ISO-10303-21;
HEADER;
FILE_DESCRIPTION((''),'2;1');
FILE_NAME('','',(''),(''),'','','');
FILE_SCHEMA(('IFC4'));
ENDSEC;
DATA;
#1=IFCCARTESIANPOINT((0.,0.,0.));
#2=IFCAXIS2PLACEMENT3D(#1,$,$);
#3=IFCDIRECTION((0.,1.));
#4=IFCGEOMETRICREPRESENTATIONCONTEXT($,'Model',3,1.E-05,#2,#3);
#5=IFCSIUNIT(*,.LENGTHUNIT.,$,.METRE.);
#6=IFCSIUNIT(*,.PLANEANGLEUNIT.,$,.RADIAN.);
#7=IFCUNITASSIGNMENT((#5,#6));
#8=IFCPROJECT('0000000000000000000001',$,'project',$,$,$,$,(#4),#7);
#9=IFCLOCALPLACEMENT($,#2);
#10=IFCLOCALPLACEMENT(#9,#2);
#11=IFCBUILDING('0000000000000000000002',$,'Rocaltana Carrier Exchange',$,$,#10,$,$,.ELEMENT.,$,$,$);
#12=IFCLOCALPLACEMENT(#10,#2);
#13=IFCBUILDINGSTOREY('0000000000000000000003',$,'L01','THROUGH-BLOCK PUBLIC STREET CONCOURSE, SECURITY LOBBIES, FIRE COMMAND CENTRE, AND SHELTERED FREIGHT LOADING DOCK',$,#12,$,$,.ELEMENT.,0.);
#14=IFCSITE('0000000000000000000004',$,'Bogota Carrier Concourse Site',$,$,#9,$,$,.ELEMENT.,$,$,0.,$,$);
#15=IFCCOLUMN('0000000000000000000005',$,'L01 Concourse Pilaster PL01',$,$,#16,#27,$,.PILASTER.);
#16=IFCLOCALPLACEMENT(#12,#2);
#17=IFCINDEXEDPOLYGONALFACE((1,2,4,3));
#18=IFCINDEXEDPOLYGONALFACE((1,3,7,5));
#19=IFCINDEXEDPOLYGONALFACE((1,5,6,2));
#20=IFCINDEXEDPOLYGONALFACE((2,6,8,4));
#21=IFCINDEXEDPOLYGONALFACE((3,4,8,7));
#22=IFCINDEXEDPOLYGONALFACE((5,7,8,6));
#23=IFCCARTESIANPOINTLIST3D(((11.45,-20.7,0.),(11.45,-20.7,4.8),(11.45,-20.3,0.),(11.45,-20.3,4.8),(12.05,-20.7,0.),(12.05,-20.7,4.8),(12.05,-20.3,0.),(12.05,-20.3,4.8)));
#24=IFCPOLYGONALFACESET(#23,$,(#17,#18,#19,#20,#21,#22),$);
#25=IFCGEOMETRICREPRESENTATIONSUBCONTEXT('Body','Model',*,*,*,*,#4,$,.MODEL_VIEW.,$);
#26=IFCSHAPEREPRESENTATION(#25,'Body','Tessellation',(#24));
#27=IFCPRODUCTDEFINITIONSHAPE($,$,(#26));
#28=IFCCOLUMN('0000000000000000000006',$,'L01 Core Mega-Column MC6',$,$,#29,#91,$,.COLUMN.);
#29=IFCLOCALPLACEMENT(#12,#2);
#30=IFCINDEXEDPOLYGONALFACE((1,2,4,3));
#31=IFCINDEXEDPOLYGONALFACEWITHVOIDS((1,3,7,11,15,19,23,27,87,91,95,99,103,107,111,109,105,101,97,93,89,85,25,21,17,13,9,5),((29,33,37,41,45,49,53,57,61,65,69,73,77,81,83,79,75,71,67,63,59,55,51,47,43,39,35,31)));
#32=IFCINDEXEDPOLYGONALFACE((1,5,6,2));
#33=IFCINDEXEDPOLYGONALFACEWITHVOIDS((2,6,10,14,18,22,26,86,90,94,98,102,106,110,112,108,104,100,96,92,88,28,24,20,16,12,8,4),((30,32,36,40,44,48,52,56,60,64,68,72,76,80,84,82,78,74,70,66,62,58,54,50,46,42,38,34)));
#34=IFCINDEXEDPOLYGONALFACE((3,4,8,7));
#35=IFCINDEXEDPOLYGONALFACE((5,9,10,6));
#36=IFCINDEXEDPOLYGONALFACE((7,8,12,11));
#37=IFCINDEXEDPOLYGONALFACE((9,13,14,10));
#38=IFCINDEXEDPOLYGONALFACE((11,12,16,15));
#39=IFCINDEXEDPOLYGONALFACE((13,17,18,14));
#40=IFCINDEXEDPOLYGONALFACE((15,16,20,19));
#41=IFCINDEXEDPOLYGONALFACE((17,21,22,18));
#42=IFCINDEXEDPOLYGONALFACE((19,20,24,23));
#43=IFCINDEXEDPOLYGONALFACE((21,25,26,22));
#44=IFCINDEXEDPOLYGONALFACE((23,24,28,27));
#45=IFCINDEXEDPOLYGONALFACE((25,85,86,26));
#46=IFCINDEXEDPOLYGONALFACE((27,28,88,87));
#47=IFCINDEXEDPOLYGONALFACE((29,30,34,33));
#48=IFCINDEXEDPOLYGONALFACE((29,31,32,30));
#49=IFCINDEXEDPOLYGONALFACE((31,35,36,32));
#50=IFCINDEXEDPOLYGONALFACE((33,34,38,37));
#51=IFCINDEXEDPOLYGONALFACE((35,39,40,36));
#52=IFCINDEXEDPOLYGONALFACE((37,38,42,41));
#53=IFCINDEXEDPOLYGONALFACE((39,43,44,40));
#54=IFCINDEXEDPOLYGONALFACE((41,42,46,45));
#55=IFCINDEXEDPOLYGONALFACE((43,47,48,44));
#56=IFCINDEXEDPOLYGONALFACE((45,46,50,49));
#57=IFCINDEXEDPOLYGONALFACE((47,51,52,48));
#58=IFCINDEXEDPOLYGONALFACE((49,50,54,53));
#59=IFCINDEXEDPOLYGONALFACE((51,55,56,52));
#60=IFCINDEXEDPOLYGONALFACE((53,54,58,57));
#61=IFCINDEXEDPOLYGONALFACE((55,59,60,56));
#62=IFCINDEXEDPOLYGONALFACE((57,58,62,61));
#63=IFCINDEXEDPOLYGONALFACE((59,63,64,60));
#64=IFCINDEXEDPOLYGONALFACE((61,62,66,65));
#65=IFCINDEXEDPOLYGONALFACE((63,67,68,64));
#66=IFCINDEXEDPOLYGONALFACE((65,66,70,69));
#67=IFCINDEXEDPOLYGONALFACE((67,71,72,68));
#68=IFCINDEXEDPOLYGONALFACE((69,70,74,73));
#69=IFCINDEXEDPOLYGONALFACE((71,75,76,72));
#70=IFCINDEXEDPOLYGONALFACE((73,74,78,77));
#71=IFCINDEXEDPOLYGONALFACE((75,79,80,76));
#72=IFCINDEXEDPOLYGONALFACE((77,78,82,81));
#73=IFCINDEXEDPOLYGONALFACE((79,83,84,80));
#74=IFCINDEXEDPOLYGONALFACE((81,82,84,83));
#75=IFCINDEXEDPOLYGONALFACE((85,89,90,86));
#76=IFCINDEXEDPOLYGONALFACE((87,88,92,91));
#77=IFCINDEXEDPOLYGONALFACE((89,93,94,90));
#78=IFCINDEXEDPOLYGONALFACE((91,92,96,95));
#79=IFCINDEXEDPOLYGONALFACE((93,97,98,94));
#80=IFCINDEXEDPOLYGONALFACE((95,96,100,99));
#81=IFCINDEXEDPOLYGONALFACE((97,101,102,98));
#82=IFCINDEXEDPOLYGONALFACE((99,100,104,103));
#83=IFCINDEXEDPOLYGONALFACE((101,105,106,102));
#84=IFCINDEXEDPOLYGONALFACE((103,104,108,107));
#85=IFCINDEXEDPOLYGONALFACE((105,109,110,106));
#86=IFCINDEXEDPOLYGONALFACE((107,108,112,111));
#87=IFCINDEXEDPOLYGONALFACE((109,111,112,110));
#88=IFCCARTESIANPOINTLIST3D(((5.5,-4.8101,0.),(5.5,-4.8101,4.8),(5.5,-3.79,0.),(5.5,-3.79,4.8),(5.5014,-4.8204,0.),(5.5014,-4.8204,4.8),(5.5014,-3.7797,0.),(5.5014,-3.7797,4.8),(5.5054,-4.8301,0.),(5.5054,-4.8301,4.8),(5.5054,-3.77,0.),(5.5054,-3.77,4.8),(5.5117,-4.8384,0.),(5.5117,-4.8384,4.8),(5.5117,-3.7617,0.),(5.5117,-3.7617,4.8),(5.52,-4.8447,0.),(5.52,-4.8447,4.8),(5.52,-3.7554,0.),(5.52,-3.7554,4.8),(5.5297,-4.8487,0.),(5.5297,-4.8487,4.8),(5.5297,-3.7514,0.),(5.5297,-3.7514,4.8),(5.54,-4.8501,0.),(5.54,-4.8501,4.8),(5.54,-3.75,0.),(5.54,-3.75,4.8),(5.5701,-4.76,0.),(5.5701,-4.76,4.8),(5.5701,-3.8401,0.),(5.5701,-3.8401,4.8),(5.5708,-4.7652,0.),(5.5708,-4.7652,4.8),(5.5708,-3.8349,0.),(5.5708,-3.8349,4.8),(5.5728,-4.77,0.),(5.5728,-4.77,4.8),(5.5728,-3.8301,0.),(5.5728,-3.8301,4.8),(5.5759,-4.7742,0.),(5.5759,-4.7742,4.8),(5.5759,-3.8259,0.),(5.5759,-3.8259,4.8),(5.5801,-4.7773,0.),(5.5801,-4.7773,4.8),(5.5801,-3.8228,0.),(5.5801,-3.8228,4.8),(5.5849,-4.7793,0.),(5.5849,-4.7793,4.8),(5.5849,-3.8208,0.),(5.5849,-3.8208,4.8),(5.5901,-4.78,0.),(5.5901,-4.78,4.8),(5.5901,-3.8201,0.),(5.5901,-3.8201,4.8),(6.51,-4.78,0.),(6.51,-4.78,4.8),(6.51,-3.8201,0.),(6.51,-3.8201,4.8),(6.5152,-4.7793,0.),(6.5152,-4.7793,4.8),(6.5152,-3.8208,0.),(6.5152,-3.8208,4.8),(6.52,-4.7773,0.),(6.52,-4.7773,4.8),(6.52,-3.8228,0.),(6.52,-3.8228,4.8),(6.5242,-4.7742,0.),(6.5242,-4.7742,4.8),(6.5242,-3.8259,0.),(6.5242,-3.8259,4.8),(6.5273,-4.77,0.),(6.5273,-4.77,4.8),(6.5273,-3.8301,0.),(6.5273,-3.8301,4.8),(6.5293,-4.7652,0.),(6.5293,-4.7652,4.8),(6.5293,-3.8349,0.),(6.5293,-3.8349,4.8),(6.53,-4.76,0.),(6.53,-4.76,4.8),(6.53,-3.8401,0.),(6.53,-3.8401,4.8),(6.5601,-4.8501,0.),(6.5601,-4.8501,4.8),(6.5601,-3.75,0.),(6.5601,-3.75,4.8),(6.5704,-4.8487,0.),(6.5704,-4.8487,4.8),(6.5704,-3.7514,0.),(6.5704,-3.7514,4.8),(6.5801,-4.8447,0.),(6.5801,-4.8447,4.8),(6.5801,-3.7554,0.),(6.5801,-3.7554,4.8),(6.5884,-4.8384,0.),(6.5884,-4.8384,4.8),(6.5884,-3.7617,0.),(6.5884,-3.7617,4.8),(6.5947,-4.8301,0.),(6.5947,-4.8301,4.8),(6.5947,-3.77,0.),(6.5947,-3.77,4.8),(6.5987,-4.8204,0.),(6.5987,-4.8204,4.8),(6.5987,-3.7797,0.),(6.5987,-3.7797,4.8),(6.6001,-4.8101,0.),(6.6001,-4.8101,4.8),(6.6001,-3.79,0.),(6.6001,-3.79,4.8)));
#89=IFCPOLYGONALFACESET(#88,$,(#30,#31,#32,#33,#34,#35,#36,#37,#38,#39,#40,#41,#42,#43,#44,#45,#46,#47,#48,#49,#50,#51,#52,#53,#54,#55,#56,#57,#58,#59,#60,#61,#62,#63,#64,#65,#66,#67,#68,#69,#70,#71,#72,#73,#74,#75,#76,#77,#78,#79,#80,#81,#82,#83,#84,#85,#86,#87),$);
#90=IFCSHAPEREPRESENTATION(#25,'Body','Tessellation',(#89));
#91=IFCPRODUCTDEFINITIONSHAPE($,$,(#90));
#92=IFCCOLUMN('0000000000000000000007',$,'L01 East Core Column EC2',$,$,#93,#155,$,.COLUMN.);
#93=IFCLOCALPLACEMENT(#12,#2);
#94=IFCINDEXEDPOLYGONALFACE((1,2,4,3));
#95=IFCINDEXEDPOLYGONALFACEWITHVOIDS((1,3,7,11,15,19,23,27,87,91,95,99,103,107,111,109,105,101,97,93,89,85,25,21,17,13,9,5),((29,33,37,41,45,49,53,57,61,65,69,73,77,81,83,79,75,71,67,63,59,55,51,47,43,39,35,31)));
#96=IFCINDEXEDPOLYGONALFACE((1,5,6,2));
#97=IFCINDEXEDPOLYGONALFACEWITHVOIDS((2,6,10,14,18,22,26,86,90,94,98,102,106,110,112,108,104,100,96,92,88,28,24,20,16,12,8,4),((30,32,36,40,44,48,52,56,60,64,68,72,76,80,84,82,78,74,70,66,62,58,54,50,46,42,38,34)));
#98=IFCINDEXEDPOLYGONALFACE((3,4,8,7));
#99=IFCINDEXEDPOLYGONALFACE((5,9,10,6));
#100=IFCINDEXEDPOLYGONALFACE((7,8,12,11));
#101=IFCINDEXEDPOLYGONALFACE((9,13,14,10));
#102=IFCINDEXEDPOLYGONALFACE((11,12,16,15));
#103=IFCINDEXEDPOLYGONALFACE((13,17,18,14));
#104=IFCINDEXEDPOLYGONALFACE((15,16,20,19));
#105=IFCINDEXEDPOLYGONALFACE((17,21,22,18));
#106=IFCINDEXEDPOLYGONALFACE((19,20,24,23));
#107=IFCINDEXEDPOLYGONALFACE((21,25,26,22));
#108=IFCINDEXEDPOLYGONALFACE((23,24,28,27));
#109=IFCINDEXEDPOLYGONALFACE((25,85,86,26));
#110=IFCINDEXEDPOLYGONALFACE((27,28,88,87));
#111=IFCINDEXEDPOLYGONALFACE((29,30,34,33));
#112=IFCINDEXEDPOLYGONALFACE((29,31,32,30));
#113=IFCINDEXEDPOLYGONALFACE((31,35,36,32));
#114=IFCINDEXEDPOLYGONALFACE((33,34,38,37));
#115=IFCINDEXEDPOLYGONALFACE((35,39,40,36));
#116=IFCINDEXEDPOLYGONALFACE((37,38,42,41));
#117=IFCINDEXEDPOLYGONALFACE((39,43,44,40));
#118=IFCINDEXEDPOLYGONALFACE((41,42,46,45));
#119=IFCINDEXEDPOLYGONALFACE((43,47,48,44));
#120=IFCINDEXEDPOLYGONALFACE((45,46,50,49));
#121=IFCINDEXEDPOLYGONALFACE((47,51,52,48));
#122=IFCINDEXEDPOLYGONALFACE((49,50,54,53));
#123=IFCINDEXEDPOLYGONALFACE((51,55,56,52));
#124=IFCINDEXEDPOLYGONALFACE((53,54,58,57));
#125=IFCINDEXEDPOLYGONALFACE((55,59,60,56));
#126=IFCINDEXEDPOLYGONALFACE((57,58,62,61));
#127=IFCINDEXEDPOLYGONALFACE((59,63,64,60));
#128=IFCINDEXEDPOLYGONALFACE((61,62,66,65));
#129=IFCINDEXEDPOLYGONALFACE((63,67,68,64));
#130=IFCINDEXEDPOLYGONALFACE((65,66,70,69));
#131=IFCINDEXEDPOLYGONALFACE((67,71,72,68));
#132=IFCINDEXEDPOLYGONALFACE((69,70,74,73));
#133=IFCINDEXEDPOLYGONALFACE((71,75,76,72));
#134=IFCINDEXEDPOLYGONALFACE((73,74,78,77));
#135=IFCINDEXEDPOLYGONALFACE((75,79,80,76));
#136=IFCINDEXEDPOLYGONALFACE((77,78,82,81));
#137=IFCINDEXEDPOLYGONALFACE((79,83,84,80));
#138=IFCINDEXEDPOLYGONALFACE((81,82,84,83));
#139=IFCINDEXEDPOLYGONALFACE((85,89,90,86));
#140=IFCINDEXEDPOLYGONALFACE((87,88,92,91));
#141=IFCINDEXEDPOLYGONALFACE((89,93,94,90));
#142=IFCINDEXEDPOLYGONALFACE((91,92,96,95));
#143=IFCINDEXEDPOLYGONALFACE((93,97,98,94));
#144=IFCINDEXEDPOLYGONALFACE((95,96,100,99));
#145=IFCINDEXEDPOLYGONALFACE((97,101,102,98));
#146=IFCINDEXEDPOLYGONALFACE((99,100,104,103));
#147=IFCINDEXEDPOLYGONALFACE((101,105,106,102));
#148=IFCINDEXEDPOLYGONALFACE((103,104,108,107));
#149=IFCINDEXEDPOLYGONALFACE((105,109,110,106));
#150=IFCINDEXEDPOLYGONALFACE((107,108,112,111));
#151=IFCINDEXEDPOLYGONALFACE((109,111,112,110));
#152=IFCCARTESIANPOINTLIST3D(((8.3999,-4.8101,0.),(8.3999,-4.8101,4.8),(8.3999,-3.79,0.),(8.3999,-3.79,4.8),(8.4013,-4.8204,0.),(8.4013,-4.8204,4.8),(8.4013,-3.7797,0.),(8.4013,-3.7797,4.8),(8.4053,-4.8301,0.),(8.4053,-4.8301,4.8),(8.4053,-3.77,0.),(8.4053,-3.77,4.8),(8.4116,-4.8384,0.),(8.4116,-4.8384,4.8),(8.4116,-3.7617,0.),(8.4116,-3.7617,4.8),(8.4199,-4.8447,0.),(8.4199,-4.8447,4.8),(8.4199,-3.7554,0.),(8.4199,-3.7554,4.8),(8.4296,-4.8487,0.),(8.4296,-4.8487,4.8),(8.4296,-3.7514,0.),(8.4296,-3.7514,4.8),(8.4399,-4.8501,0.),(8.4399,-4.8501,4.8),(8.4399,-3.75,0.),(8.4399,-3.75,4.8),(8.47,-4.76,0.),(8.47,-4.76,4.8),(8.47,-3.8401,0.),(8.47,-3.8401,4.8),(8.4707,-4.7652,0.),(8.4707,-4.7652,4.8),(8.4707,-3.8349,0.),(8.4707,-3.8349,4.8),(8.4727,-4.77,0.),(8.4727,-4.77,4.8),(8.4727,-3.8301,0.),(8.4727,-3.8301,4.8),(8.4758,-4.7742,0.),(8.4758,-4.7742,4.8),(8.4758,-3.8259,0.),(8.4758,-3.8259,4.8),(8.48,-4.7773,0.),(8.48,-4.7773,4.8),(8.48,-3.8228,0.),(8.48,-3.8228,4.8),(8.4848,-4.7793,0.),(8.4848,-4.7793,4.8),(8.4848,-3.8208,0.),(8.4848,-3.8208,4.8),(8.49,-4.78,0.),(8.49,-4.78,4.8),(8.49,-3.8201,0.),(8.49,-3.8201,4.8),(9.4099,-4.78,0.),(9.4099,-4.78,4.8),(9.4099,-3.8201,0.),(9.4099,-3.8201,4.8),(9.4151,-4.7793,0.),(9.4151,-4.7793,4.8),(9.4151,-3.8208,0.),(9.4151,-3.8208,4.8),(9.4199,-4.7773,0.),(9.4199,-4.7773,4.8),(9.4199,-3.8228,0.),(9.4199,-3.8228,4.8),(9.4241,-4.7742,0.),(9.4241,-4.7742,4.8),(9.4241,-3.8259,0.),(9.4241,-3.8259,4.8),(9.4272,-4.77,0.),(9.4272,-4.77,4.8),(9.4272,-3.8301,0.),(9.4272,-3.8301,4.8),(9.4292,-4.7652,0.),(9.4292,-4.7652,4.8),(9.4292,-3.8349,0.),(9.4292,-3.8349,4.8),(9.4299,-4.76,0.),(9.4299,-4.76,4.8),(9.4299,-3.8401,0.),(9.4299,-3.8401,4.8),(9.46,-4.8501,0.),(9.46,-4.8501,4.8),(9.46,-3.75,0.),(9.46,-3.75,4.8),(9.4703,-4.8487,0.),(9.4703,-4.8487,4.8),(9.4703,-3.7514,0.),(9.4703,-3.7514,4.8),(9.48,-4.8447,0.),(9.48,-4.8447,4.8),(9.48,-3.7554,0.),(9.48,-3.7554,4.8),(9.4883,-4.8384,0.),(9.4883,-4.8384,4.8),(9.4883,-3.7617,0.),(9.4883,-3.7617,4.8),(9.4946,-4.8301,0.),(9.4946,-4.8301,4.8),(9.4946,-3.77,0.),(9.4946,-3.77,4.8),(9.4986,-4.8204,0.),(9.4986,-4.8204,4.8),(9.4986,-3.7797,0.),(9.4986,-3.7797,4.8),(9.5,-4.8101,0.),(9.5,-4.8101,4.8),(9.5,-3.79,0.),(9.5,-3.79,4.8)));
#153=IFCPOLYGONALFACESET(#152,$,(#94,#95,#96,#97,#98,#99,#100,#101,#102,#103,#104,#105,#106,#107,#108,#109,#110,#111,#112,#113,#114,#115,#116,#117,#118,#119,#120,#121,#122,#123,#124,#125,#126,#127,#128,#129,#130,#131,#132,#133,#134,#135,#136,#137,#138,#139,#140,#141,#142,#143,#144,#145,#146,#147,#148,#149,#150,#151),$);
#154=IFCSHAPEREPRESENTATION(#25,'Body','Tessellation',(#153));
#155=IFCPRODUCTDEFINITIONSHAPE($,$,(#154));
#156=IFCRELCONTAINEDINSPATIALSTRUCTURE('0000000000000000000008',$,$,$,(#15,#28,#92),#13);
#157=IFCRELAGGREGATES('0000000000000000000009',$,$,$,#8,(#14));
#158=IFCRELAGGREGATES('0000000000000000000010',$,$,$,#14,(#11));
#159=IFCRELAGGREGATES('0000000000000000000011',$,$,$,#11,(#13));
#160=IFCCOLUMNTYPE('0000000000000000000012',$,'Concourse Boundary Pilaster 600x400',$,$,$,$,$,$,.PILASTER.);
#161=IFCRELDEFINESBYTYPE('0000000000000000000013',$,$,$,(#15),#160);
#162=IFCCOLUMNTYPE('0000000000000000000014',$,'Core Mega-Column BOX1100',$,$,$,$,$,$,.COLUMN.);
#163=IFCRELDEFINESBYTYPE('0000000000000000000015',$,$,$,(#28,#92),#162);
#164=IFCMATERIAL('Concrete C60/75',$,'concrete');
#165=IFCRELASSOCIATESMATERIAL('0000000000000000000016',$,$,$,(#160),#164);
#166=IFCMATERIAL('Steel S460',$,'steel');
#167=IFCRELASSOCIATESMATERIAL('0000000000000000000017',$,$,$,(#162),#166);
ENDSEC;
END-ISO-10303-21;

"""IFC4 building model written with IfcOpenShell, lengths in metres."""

from ifc_helpers import new_model, si_unit, direction, frame, origin, origin_2d, place, context, subcontext, project, spatial, rectangle, hollow_rectangle, extrude, material, material_profile, profile_set, type_object, element, save


model = new_model("IFC4")

# Units and contexts
model_context = context("Model", 3, precision=1e-05, world=origin(), true_north=direction((0.0, 1.0)))
body_context = subcontext(model_context, "Body", "Model", "MODEL_VIEW")
ifc_project = project(units=[si_unit("LENGTHUNIT", "METRE"), si_unit("PLANEANGLEUNIT", "RADIAN")], contexts=[model_context])

# Site, building, storey
site_placement = place(None, origin())
site = spatial("IfcSite", under=ifc_project, at=site_placement, Name="Bogota Carrier Concourse Site", CompositionType="ELEMENT", RefElevation=0.0)
building_placement = place(site_placement, origin())
building = spatial("IfcBuilding", under=site, at=building_placement, Name="Rocaltana Carrier Exchange", CompositionType="ELEMENT")
storey_placement = place(building_placement, origin())
storey = spatial("IfcBuildingStorey", under=building, at=storey_placement, Name="L01", Description="THROUGH-BLOCK PUBLIC STREET CONCOURSE, SECURITY LOBBIES, FIRE COMMAND CENTRE, AND SHELTERED FREIGHT LOADING DOCK", CompositionType="ELEMENT", Elevation=0.0)

# Columns
ifc_material_1 = material(Name="Concrete C60/75", Category="concrete")
ifc_material_profile_1 = material_profile(ifc_material_1, rectangle(XDim=0.6001, YDim=0.3999, at=origin_2d()), Name="RC-PIL-600X400")
ifc_profile_set_1 = profile_set([ifc_material_profile_1], Name="Concrete C60/75")
column_type_1 = type_object("IfcColumnType", Name="Concourse Boundary Pilaster 600x400", PredefinedType="PILASTER", material=ifc_profile_set_1)
column_placement = place(storey_placement, frame((11.75, -20.5, 0.0), z_axis=(0.0, 0.0, 1.0), x_axis=(1.0, 0.0, 0.0)))
element("IfcColumn", 1, at=column_placement, inside=storey, type_object=column_type_1, Name="L01 Concourse Pilaster PL01", PredefinedType="PILASTER", context=body_context, shape_type="SweptSolid", body=[
    extrude(rectangle(XDim=0.6001, YDim=0.3999, at=origin_2d()), origin(), (0.0, 0.0, 1.0), 4.8),
])
ifc_material_2 = material(Name="Steel S460", Category="steel")
ifc_material_profile_2 = material_profile(ifc_material_2, hollow_rectangle(XDim=1.1001, YDim=1.1001, WallThickness=0.0701, InnerFilletRadius=0.02, OuterFilletRadius=0.04, at=origin_2d()), Name="BOX1100X1100X70")
ifc_profile_set_2 = profile_set([ifc_material_profile_2], Name="Steel S460")
column_type_2 = type_object("IfcColumnType", Name="Core Mega-Column BOX1100", PredefinedType="COLUMN", material=ifc_profile_set_2)
for number, where, z_axis, x_axis, name in (
    (2, (6.05, -4.3, 0.0), (0.0, 0.0, 1.0), (1.0, 0.0, 0.0), "L01 Core Mega-Column MC6"),
    (3, (8.95, -4.3, 0.0), (0.0, 0.0, 1.0), (1.0, 0.0, 0.0), "L01 East Core Column EC2"),
):
    element("IfcColumn", number, at=place(storey_placement, frame(where, z_axis=z_axis, x_axis=x_axis)), inside=storey, type_object=column_type_2, Name=name, PredefinedType="COLUMN", context=body_context, shape_type="SweptSolid", body=[
        extrude(hollow_rectangle(XDim=1.1001, YDim=1.1001, WallThickness=0.0701, InnerFilletRadius=0.02, OuterFilletRadius=0.04, at=origin_2d()), origin(), (0.0, 0.0, 1.0), 4.8),
    ])

save(model, "model.ifc")
